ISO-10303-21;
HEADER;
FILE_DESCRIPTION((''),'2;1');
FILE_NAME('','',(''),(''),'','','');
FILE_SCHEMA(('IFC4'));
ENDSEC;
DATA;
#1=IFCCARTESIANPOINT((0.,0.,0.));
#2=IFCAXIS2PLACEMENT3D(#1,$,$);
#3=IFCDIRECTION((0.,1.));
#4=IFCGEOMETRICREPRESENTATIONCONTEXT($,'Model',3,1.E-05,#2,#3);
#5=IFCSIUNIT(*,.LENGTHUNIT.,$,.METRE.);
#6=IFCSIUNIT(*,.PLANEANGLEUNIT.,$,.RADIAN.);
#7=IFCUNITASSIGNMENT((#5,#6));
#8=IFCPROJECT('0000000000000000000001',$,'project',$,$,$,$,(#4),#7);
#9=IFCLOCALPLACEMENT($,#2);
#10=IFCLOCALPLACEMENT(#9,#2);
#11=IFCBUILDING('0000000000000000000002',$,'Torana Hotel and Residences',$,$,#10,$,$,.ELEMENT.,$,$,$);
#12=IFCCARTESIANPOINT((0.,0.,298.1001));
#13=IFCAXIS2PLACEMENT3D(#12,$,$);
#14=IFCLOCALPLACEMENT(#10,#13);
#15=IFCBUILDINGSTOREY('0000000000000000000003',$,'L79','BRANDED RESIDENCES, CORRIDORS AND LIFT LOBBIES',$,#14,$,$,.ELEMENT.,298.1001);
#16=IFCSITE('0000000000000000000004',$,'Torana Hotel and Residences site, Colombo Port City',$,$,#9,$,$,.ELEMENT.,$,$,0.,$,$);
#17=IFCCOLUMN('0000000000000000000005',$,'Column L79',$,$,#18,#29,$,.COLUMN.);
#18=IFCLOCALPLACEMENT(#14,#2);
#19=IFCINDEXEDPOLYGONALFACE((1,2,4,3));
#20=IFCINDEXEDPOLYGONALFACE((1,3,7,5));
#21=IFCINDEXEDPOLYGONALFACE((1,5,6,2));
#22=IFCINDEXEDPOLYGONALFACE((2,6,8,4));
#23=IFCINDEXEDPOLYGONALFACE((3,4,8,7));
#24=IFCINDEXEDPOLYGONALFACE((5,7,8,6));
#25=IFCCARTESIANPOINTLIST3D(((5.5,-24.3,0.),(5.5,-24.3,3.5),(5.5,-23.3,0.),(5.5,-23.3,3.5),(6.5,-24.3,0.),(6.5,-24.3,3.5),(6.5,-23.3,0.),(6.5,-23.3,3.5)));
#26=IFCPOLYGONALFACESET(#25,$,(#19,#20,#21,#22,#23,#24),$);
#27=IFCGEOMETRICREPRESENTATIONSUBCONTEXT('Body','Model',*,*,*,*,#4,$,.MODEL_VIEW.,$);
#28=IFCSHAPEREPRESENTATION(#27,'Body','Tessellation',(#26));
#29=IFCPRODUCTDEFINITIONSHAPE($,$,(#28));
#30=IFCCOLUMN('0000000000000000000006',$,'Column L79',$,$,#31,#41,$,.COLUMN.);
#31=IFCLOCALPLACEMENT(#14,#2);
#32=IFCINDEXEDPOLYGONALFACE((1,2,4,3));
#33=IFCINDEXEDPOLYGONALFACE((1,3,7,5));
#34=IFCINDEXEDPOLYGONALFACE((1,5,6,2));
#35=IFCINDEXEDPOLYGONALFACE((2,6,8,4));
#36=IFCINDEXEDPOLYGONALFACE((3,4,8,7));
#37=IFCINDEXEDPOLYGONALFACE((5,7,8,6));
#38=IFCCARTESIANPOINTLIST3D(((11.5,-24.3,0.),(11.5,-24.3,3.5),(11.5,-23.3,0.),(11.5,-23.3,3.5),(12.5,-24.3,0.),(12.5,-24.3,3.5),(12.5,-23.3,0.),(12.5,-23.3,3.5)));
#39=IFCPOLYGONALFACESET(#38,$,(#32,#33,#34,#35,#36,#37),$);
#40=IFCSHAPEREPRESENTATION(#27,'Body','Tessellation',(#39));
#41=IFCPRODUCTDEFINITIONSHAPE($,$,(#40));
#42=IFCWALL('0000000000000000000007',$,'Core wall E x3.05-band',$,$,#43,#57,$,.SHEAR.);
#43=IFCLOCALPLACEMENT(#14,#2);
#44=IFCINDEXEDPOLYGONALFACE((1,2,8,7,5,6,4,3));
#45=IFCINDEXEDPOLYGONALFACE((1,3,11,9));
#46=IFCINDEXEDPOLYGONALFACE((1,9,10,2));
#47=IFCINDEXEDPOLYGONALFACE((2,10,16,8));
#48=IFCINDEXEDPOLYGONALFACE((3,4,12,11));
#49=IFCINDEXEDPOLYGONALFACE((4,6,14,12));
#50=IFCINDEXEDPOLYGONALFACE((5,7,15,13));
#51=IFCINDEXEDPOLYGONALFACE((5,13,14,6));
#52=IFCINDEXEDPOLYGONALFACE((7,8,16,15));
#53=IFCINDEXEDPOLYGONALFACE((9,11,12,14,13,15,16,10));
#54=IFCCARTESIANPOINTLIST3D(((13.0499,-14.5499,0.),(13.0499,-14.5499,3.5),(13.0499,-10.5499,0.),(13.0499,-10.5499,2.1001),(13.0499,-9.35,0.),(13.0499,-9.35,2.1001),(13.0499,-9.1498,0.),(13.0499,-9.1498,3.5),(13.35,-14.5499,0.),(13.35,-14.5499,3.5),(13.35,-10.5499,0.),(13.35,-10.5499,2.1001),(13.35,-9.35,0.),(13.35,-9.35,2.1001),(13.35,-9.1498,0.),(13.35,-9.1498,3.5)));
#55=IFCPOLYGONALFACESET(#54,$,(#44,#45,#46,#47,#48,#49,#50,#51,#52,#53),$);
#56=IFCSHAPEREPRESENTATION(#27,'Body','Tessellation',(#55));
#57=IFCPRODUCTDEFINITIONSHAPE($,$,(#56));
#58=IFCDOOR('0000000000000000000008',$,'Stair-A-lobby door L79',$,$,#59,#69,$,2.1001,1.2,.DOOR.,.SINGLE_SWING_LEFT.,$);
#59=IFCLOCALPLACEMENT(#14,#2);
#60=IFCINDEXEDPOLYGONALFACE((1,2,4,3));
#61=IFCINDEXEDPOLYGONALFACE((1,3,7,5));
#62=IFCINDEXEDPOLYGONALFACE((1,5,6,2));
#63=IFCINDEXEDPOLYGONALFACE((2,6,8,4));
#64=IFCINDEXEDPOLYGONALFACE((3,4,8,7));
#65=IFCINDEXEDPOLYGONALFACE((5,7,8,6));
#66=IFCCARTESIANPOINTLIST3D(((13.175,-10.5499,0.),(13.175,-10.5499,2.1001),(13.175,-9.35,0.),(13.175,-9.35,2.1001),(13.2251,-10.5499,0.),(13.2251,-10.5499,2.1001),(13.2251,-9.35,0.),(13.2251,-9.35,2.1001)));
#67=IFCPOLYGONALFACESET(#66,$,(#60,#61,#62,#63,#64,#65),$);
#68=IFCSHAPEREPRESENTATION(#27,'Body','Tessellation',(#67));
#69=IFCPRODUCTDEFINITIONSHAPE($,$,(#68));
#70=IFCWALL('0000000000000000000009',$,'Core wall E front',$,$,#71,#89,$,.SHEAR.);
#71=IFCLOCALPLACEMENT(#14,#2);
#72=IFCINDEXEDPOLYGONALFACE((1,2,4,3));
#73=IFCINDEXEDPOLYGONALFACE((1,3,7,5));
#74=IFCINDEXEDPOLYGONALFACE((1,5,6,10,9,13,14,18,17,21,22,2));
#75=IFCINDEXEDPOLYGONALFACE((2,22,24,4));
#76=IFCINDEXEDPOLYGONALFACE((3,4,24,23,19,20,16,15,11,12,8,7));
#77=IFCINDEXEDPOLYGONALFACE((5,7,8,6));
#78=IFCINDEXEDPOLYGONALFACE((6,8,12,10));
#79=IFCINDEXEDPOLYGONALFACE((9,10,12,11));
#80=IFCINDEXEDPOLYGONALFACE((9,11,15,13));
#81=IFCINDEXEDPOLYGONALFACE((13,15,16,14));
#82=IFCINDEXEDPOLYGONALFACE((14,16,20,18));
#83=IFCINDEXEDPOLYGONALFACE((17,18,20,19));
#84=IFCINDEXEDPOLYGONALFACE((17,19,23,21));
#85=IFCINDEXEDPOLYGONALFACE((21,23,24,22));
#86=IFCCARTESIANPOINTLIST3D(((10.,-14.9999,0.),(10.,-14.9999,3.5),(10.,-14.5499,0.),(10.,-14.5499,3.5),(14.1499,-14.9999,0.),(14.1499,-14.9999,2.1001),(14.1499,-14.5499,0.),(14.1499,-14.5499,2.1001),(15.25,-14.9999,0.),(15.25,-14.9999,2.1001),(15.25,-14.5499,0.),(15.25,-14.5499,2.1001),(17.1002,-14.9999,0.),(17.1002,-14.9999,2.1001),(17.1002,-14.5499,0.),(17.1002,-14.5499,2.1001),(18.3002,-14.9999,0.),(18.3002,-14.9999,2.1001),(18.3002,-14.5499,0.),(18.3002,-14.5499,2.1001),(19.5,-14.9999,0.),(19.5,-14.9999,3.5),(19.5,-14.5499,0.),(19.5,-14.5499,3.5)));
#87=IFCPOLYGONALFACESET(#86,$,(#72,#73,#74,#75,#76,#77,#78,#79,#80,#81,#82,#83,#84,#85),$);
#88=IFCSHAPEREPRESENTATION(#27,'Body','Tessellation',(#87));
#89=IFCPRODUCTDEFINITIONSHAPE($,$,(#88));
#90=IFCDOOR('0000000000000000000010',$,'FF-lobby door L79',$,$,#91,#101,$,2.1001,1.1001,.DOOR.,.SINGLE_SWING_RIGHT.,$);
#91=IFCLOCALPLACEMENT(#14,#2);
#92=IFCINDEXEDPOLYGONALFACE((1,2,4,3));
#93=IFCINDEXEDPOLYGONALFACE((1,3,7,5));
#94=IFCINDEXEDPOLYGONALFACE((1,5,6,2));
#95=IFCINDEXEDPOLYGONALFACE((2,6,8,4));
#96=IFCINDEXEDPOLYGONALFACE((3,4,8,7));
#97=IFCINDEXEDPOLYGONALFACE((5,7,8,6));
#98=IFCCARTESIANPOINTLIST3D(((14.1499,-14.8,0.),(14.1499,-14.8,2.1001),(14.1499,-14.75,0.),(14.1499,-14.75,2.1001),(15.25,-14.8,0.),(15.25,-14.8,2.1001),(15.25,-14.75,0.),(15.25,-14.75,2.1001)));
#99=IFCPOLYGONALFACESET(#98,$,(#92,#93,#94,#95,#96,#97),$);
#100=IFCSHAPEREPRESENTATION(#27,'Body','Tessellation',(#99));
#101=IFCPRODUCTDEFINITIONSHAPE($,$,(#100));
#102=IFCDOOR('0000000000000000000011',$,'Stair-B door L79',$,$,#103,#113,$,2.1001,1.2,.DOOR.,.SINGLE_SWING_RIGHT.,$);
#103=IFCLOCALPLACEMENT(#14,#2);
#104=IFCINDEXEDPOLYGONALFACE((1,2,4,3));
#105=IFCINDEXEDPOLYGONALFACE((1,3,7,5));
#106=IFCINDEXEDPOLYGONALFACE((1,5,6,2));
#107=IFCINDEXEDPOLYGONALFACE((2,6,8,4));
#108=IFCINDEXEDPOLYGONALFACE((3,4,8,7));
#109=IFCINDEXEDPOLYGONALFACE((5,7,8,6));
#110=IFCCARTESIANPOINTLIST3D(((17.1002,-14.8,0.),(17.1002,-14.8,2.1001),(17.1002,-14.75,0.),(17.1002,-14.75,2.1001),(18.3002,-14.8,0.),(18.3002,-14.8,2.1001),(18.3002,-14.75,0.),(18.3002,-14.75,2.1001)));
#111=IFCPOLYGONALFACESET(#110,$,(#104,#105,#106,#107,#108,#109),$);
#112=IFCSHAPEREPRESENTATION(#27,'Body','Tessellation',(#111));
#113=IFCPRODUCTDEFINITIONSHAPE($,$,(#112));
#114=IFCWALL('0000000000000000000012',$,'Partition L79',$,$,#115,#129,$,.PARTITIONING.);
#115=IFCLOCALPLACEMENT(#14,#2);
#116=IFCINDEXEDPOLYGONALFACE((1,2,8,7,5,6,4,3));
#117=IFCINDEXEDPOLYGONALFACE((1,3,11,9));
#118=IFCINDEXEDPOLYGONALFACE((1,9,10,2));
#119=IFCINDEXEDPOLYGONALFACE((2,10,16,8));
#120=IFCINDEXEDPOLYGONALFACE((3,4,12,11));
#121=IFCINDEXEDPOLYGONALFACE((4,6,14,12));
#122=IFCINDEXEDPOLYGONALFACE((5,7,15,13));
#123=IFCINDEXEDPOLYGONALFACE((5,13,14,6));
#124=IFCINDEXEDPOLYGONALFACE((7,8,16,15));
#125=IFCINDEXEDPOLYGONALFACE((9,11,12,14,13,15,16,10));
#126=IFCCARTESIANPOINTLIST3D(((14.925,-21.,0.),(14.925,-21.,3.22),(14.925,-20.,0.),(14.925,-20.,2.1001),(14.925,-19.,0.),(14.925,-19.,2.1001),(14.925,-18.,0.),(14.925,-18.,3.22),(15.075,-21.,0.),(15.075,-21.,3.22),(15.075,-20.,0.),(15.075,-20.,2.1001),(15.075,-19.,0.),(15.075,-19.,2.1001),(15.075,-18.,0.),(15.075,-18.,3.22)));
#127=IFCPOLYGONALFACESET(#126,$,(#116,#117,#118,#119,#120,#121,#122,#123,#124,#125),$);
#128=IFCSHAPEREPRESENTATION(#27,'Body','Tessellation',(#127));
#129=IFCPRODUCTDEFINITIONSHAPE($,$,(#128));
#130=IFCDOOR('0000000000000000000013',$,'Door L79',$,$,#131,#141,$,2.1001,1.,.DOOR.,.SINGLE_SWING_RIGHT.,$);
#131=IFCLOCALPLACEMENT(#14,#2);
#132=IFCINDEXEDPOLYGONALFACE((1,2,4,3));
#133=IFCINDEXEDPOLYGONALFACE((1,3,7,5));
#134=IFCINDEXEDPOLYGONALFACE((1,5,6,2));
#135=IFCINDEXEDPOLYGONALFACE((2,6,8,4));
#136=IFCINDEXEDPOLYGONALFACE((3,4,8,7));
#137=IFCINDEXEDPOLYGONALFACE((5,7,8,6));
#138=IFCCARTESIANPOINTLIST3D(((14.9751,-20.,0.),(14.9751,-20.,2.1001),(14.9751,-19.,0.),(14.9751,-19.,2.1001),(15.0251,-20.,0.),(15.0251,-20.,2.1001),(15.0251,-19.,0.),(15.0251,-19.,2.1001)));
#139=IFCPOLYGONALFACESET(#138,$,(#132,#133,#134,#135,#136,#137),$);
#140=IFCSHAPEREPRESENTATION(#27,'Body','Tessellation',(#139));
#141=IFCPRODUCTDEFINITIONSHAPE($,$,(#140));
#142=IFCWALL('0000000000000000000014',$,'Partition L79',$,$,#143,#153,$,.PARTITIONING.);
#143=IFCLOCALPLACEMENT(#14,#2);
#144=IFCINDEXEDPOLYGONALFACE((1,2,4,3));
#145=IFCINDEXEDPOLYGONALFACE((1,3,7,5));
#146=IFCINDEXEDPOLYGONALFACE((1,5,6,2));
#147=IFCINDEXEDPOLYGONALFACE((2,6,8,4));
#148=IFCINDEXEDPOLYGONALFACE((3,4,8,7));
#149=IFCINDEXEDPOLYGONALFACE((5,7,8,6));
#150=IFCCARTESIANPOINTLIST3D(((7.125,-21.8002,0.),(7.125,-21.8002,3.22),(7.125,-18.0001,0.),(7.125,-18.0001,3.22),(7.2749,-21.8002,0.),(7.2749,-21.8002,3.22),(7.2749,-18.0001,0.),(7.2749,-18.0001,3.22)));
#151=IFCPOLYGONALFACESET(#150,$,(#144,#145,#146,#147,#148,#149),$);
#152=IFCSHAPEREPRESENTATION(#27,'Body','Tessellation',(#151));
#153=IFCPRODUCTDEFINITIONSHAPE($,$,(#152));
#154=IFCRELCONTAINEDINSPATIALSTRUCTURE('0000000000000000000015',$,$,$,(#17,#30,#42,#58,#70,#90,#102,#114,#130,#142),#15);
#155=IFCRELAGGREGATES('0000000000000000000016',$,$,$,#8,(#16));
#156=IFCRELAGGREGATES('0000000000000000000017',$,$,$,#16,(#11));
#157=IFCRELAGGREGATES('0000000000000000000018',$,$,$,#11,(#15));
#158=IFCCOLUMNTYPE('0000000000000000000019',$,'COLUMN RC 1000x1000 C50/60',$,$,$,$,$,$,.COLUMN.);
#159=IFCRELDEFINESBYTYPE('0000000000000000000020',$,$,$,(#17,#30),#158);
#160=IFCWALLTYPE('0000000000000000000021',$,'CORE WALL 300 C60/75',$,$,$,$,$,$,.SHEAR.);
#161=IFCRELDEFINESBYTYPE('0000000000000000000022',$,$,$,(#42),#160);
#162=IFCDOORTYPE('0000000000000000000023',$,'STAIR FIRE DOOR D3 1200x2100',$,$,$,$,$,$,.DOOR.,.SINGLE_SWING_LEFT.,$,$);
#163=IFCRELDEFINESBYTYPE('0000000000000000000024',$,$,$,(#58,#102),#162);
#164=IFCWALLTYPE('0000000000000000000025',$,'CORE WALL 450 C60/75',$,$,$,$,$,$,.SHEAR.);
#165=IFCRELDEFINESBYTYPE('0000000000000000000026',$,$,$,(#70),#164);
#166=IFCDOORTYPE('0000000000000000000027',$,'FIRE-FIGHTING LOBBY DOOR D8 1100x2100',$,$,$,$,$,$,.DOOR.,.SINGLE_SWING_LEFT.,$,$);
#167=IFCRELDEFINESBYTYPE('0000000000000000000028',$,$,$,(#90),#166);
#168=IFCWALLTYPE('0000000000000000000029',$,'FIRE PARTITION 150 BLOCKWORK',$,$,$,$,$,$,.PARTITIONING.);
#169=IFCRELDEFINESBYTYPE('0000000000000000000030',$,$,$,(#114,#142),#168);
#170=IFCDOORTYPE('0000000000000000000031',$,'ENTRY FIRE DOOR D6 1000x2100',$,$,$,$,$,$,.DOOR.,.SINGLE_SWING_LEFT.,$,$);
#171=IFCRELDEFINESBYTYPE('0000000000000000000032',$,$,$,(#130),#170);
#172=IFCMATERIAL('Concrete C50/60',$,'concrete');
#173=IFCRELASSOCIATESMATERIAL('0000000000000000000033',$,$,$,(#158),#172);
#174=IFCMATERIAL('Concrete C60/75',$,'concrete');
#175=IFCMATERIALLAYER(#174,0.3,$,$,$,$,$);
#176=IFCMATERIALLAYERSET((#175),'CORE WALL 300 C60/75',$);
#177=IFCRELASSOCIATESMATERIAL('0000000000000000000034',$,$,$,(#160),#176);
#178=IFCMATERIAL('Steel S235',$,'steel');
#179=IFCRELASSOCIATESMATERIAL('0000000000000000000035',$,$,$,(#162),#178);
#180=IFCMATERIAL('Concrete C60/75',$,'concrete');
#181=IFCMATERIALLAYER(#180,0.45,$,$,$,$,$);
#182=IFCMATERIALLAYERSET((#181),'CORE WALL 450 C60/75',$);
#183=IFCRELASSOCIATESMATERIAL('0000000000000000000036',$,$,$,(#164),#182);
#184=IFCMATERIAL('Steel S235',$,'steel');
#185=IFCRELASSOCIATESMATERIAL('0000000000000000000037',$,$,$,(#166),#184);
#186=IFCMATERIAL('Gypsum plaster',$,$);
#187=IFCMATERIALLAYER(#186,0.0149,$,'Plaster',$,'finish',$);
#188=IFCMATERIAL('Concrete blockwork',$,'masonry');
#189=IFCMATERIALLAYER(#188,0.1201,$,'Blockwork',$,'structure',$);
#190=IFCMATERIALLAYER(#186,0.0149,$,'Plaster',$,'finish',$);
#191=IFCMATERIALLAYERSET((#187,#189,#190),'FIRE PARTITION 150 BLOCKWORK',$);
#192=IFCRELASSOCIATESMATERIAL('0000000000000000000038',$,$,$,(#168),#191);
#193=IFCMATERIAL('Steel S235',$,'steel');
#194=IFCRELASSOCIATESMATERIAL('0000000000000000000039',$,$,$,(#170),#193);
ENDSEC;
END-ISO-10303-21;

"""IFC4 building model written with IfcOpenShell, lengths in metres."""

from ifc_helpers import new_model, si_unit, direction, frame, frame_2d, origin, origin_2d, place, context, subcontext, project, spatial, rectangle, extrude, material, layer, layer_set, material_profile, profile_set, type_object, element, fill, save


model = new_model("IFC4")

# Units and contexts
model_context = context("Model", 3, precision=1e-05, world=origin(), true_north=direction((0.0, 1.0)))
body_context = subcontext(model_context, "Body", "Model", "MODEL_VIEW")
ifc_project = project(units=[si_unit("LENGTHUNIT", "METRE"), si_unit("PLANEANGLEUNIT", "RADIAN")], contexts=[model_context])

# Site, building, storey
site_placement = place(None, origin())
site = spatial("IfcSite", under=ifc_project, at=site_placement, Name="Torana Hotel and Residences site, Colombo Port City", CompositionType="ELEMENT", RefElevation=0.0)
building_placement = place(site_placement, origin())
building = spatial("IfcBuilding", under=site, at=building_placement, Name="Torana Hotel and Residences", CompositionType="ELEMENT")
storey_placement = place(building_placement, frame((0.0, 0.0, 298.1001)))
storey = spatial("IfcBuildingStorey", under=building, at=storey_placement, Name="L79", Description="BRANDED RESIDENCES, CORRIDORS AND LIFT LOBBIES", CompositionType="ELEMENT", Elevation=298.1001)

# Columns
ifc_material_1 = material(Name="Concrete C50/60", Category="concrete")
ifc_material_profile = material_profile(ifc_material_1, rectangle(XDim=1.0, YDim=1.0, at=origin_2d()), Name="RC 1000x1000")
ifc_profile_set = profile_set([ifc_material_profile], Name="Concrete C50/60")
column_type = type_object("IfcColumnType", Name="COLUMN RC 1000x1000 C50/60", PredefinedType="COLUMN", material=ifc_profile_set)
for number, where, z_axis, x_axis, name in (
    (1, (6.0, -23.8, 0.0), (0.0, 0.0, 1.0), (1.0, 0.0, 0.0), "Column L79"),
    (2, (12.0, -23.8, 0.0), (0.0, 0.0, 1.0), (1.0, 0.0, 0.0), "Column L79"),
):
    element("IfcColumn", number, at=place(storey_placement, frame(where, z_axis=z_axis, x_axis=x_axis)), inside=storey, type_object=column_type, Name=name, PredefinedType="COLUMN", context=body_context, shape_type="SweptSolid", body=[
        extrude(rectangle(XDim=1.0, YDim=1.0, at=origin_2d()), origin(), (0.0, 0.0, 1.0), 3.5),
    ])

# Wall, opening, door
ifc_material_2 = material(Name="Concrete C60/75", Category="concrete")
ifc_layer_1 = layer(ifc_material_2, 0.3)
ifc_layer_set_1 = layer_set([ifc_layer_1], Name="CORE WALL 300 C60/75")
wall_type_1 = type_object("IfcWallType", Name="CORE WALL 300 C60/75", PredefinedType="SHEAR", material=ifc_layer_set_1)
wall_1_placement = place(storey_placement, frame((13.2, -14.55, 0.0), z_axis=(0.0, 0.0, 1.0), x_axis=(0.0, 1.0, 0.0)))
wall_1 = element("IfcWall", 3, at=wall_1_placement, inside=storey, type_object=wall_type_1, Name="Core wall E x3.05-band", PredefinedType="SHEAR", context=body_context, shape_type="SweptSolid", body=[
    extrude(rectangle(XDim=5.4001, YDim=0.3, at=frame_2d((2.7002, 0.0))), origin(), (0.0, 0.0, 1.0), 3.5),
])
opening_1_placement = place(wall_1_placement, frame((4.0, 0.0, 0.0)))
opening_1 = element("IfcOpeningElement", 4, at=opening_1_placement, cuts=wall_1, PredefinedType="OPENING", context=body_context, shape_type="SweptSolid", body=[
    extrude(rectangle(XDim=1.2, YDim=2.1001, at=frame_2d((0.6001, 1.05))), frame((0.0, 0.1599, 0.0), z_axis=(0.0, -1.0, 0.0), x_axis=(1.0, 0.0, 0.0)), (0.0, 0.0, 1.0), 0.3201),
])
ifc_material_3 = material(Name="Steel S235", Category="steel")
door_type_1 = type_object("IfcDoorType", Name="STAIR FIRE DOOR D3 1200x2100", OperationType="SINGLE_SWING_LEFT", PredefinedType="DOOR", material=ifc_material_3)
door_1_placement = place(opening_1_placement, origin())
door_1 = element("IfcDoor", 5, at=door_1_placement, inside=storey, type_object=door_type_1, Name="Stair-A-lobby door L79", OperationType="SINGLE_SWING_LEFT", OverallHeight=2.1001, OverallWidth=1.2, PredefinedType="DOOR", context=body_context, shape_type="SweptSolid", body=[
    extrude(rectangle(XDim=1.2, YDim=2.1001, at=frame_2d((0.6001, 1.05))), frame((0.0, 0.0249, 0.0), z_axis=(0.0, -1.0, 0.0), x_axis=(1.0, 0.0, 0.0)), (0.0, 0.0, 1.0), 0.05),
])
fill(opening_1, door_1)

# Wall, openings, doors
ifc_material_4 = material(Name="Concrete C60/75", Category="concrete")
ifc_layer_2 = layer(ifc_material_4, 0.45)
ifc_layer_set_2 = layer_set([ifc_layer_2], Name="CORE WALL 450 C60/75")
wall_type_2 = type_object("IfcWallType", Name="CORE WALL 450 C60/75", PredefinedType="SHEAR", material=ifc_layer_set_2)
wall_2_placement = place(storey_placement, frame((10.0, -14.7749, 0.0), z_axis=(0.0, 0.0, 1.0), x_axis=(1.0, 0.0, 0.0)))
wall_2 = element("IfcWall", 6, at=wall_2_placement, inside=storey, type_object=wall_type_2, Name="Core wall E front", PredefinedType="SHEAR", context=body_context, shape_type="SweptSolid", body=[
    extrude(rectangle(XDim=9.5, YDim=0.45, at=frame_2d((4.75, 0.0))), origin(), (0.0, 0.0, 1.0), 3.5),
])
opening_2_placement = place(wall_2_placement, frame((7.1001, 0.0, 0.0)))
opening_2 = element("IfcOpeningElement", 7, at=opening_2_placement, cuts=wall_2, PredefinedType="OPENING", context=body_context, shape_type="SweptSolid", body=[
    extrude(rectangle(XDim=1.2, YDim=2.1001, at=frame_2d((0.6001, 1.05))), frame((0.0, 0.2349, 0.0), z_axis=(0.0, -1.0, 0.0), x_axis=(1.0, 0.0, 0.0)), (0.0, 0.0, 1.0), 0.47),
])
opening_3_placement = place(wall_2_placement, frame((4.1499, 0.0, 0.0)))
opening_3 = element("IfcOpeningElement", 8, at=opening_3_placement, cuts=wall_2, PredefinedType="OPENING", context=body_context, shape_type="SweptSolid", body=[
    extrude(rectangle(XDim=1.1001, YDim=2.1001, at=frame_2d((0.55, 1.05))), frame((0.0, 0.2349, 0.0), z_axis=(0.0, -1.0, 0.0), x_axis=(1.0, 0.0, 0.0)), (0.0, 0.0, 1.0), 0.47),
])
ifc_material_5 = material(Name="Steel S235", Category="steel")
door_type_2 = type_object("IfcDoorType", Name="FIRE-FIGHTING LOBBY DOOR D8 1100x2100", OperationType="SINGLE_SWING_LEFT", PredefinedType="DOOR", material=ifc_material_5)
door_2_placement = place(opening_3_placement, origin())
door_2 = element("IfcDoor", 9, at=door_2_placement, inside=storey, type_object=door_type_2, Name="FF-lobby door L79", OperationType="SINGLE_SWING_RIGHT", OverallHeight=2.1001, OverallWidth=1.1001, PredefinedType="DOOR", context=body_context, shape_type="SweptSolid", body=[
    extrude(rectangle(XDim=1.1001, YDim=2.1001, at=frame_2d((0.55, 1.05))), frame((0.0, 0.0249, 0.0), z_axis=(0.0, -1.0, 0.0), x_axis=(1.0, 0.0, 0.0)), (0.0, 0.0, 1.0), 0.05),
])
fill(opening_3, door_2)
door_3_placement = place(opening_2_placement, origin())
door_3 = element("IfcDoor", 10, at=door_3_placement, inside=storey, type_object=door_type_1, Name="Stair-B door L79", OperationType="SINGLE_SWING_RIGHT", OverallHeight=2.1001, OverallWidth=1.2, PredefinedType="DOOR", context=body_context, shape_type="SweptSolid", body=[
    extrude(rectangle(XDim=1.2, YDim=2.1001, at=frame_2d((0.6001, 1.05))), frame((0.0, 0.0249, 0.0), z_axis=(0.0, -1.0, 0.0), x_axis=(1.0, 0.0, 0.0)), (0.0, 0.0, 1.0), 0.05),
])
fill(opening_2, door_3)

# Wall, opening, door
ifc_material_6 = material(Name="Gypsum plaster")
ifc_layer_3 = layer(ifc_material_6, 0.0149, Name="Plaster", Category="finish")
ifc_material_7 = material(Name="Concrete blockwork", Category="masonry")
ifc_layer_4 = layer(ifc_material_7, 0.1201, Name="Blockwork", Category="structure")
ifc_layer_5 = layer(ifc_material_6, 0.0149, Name="Plaster", Category="finish")
ifc_layer_set_3 = layer_set([ifc_layer_3, ifc_layer_4, ifc_layer_5], Name="FIRE PARTITION 150 BLOCKWORK")
wall_type_3 = type_object("IfcWallType", Name="FIRE PARTITION 150 BLOCKWORK", PredefinedType="PARTITIONING", material=ifc_layer_set_3)
wall_3_placement = place(storey_placement, frame((15.0, -21.0, 0.0), z_axis=(0.0, 0.0, 1.0), x_axis=(0.0, 1.0, 0.0)))
wall_3 = element("IfcWall", 11, at=wall_3_placement, inside=storey, type_object=wall_type_3, Name="Partition L79", PredefinedType="PARTITIONING", context=body_context, shape_type="SweptSolid", body=[
    extrude(rectangle(XDim=3.0, YDim=0.1499, at=frame_2d((1.5, 0.0))), origin(), (0.0, 0.0, 1.0), 3.22),
])
opening_4_placement = place(wall_3_placement, frame((1.0, 0.0, 0.0)))
opening_4 = element("IfcOpeningElement", 12, at=opening_4_placement, cuts=wall_3, PredefinedType="OPENING", context=body_context, shape_type="SweptSolid", body=[
    extrude(rectangle(XDim=1.0, YDim=2.1001, at=frame_2d((0.5, 1.05))), frame((0.0, 0.085, 0.0), z_axis=(0.0, -1.0, 0.0), x_axis=(1.0, 0.0, 0.0)), (0.0, 0.0, 1.0), 0.1699),
])
ifc_material_8 = material(Name="Steel S235", Category="steel")
door_type_3 = type_object("IfcDoorType", Name="ENTRY FIRE DOOR D6 1000x2100", OperationType="SINGLE_SWING_LEFT", PredefinedType="DOOR", material=ifc_material_8)
door_4_placement = place(opening_4_placement, origin())
door_4 = element("IfcDoor", 13, at=door_4_placement, inside=storey, type_object=door_type_3, Name="Door L79", OperationType="SINGLE_SWING_RIGHT", OverallHeight=2.1001, OverallWidth=1.0, PredefinedType="DOOR", context=body_context, shape_type="SweptSolid", body=[
    extrude(rectangle(XDim=1.0, YDim=2.1001, at=frame_2d((0.5, 1.05))), frame((0.0, 0.0249, 0.0), z_axis=(0.0, -1.0, 0.0), x_axis=(1.0, 0.0, 0.0)), (0.0, 0.0, 1.0), 0.05),
])
fill(opening_4, door_4)

# Wall
wall_4_placement = place(storey_placement, frame((7.2, -21.8, 0.0), z_axis=(0.0, 0.0, 1.0), x_axis=(0.0, 1.0, 0.0)))
element("IfcWall", 14, at=wall_4_placement, inside=storey, type_object=wall_type_3, Name="Partition L79", PredefinedType="PARTITIONING", context=body_context, shape_type="SweptSolid", body=[
    extrude(rectangle(XDim=3.8, YDim=0.1499, at=frame_2d((1.8999, 0.0))), origin(), (0.0, 0.0, 1.0), 3.22),
])

save(model, "model.ifc")
